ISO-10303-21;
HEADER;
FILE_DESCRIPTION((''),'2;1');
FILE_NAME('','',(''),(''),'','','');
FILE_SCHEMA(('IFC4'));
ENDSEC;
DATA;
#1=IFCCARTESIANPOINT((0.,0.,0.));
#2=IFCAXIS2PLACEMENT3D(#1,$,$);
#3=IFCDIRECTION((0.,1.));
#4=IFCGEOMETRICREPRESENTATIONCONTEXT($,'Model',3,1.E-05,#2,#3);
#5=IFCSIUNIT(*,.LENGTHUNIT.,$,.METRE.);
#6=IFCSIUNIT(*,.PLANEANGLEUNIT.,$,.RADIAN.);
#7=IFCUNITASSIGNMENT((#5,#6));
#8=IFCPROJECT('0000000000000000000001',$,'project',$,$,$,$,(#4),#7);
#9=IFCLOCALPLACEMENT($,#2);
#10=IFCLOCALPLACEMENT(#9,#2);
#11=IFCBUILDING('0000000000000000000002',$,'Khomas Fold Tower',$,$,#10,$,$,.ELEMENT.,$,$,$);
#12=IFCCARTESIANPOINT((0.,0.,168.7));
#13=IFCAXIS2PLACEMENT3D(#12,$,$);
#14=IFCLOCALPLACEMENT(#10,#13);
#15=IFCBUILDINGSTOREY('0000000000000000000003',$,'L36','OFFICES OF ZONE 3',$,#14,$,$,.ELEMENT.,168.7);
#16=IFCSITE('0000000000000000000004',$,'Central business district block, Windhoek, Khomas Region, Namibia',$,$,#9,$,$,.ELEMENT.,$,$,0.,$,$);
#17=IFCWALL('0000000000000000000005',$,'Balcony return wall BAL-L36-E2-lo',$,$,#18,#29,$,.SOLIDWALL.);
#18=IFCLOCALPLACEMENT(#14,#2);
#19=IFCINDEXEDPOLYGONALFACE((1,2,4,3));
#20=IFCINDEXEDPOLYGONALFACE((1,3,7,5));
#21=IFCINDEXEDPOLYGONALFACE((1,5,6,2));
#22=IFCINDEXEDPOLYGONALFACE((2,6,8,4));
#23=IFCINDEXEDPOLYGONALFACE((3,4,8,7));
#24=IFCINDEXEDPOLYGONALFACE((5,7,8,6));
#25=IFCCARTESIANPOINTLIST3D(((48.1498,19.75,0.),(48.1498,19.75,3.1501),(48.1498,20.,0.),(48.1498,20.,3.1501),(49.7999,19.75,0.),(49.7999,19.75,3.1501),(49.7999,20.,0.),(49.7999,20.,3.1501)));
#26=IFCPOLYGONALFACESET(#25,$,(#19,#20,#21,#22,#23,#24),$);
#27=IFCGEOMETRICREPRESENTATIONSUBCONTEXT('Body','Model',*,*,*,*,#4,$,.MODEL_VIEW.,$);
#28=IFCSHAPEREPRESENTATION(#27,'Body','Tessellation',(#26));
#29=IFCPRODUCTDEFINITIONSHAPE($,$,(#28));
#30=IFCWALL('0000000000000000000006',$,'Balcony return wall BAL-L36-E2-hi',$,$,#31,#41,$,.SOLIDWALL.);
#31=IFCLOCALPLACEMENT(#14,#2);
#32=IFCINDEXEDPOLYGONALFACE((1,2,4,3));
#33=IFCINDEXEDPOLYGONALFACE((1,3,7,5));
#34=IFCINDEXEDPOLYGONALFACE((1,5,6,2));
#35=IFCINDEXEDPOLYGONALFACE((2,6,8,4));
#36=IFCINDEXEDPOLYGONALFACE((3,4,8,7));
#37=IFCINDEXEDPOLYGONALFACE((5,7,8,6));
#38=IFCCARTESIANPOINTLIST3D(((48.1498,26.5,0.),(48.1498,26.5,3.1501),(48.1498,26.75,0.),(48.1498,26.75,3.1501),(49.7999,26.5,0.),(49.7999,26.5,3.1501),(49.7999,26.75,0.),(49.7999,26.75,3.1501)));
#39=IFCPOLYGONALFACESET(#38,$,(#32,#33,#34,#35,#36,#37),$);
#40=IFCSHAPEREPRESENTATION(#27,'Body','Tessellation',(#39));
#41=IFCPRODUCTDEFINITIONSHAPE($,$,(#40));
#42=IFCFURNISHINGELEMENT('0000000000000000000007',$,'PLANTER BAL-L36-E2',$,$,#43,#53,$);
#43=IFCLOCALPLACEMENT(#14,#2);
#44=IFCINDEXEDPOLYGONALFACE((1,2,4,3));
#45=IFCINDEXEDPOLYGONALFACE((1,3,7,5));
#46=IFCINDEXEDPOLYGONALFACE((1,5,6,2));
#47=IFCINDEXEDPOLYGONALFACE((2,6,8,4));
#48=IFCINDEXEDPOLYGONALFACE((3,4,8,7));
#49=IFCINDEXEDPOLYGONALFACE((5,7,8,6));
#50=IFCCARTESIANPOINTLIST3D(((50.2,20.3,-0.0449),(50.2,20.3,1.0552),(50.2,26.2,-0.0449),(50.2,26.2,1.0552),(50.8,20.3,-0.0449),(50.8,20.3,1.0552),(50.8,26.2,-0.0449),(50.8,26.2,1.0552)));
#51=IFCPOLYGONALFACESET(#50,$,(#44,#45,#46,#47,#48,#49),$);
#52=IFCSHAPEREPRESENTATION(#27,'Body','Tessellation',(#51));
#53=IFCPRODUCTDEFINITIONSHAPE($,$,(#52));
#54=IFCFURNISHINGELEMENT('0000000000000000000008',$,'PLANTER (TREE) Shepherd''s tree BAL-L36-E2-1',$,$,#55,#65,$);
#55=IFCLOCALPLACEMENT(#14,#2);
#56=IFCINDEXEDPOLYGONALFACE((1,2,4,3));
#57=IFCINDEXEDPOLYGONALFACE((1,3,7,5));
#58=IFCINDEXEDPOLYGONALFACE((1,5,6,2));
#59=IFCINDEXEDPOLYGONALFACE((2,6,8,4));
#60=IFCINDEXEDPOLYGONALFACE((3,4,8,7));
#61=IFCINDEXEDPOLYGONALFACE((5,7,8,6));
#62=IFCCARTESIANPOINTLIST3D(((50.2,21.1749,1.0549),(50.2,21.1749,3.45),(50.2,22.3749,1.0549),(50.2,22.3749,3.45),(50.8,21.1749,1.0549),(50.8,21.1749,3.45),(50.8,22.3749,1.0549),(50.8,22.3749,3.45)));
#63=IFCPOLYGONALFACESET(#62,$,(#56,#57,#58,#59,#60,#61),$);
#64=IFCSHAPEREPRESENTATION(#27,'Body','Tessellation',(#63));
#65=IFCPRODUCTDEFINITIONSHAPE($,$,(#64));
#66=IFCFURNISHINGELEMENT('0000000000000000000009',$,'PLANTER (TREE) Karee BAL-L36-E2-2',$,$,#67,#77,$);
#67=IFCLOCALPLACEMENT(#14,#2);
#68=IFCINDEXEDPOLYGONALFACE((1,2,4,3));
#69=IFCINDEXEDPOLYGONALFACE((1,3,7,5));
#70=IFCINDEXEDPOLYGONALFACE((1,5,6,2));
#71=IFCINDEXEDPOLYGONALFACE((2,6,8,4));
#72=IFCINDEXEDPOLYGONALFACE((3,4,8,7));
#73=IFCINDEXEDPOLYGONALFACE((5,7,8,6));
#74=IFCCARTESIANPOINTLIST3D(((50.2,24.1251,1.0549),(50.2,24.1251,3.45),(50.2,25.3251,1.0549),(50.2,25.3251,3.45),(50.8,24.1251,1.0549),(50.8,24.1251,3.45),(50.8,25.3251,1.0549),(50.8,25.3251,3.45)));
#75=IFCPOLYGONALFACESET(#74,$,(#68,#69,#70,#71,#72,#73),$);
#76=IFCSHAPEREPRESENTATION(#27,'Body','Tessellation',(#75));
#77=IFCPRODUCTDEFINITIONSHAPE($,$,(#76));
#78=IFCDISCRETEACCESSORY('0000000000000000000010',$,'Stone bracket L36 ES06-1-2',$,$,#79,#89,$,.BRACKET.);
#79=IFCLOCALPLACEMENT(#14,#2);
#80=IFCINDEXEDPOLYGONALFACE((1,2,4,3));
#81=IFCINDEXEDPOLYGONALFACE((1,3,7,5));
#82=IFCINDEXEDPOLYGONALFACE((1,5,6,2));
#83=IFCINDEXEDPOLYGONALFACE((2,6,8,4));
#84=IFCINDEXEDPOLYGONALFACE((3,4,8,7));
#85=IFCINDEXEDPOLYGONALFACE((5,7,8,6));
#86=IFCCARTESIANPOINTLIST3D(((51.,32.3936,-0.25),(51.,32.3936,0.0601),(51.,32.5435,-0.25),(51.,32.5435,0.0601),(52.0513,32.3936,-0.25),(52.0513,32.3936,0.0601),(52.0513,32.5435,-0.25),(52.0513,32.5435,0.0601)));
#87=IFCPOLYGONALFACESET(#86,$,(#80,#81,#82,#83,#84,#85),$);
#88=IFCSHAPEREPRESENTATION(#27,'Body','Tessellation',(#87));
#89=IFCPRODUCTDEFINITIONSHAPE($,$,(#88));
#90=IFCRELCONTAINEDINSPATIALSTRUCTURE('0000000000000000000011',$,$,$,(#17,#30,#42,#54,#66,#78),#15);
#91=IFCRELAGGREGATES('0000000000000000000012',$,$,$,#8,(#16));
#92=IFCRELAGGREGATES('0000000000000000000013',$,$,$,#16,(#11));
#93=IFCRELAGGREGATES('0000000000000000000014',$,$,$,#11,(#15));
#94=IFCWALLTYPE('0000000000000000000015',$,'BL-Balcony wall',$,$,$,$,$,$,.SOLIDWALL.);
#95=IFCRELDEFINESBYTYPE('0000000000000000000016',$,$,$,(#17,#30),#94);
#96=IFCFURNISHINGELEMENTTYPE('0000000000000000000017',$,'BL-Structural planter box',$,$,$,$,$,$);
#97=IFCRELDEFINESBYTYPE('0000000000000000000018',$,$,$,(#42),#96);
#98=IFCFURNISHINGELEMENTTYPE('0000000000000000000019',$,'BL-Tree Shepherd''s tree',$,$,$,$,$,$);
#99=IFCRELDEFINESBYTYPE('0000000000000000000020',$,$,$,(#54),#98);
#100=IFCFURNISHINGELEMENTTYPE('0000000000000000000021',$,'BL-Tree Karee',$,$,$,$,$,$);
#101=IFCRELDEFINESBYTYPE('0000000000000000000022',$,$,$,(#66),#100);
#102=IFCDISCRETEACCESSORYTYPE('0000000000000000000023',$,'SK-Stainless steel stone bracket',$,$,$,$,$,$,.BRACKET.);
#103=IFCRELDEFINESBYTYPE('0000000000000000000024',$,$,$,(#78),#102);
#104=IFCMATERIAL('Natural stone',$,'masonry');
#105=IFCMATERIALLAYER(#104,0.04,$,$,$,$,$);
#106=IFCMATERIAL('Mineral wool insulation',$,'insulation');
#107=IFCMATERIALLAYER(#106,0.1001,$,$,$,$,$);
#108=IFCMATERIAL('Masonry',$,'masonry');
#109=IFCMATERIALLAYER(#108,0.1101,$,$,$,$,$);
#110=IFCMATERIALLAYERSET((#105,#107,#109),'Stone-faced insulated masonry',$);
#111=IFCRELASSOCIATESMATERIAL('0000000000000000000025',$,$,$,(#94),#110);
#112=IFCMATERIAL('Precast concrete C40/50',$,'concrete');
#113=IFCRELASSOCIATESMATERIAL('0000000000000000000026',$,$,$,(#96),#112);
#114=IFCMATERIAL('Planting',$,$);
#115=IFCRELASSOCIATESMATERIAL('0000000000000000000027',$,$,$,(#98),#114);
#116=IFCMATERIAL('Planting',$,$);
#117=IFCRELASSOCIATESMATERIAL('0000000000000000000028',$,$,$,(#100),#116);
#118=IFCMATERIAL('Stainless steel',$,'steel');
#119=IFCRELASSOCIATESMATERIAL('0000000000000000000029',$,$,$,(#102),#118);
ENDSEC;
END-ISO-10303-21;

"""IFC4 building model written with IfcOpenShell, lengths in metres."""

from ifc_helpers import new_model, si_unit, direction, frame, frame_2d, origin, origin_2d, place, context, subcontext, project, spatial, rectangle, extrude, source, transform, mapped, material, layer, layer_set, type_object, element, save


model = new_model("IFC4")

# Units and contexts
model_context = context("Model", 3, precision=1e-05, world=origin(), true_north=direction((0.0, 1.0)))
body_context = subcontext(model_context, "Body", "Model", "MODEL_VIEW")
ifc_project = project(units=[si_unit("LENGTHUNIT", "METRE"), si_unit("PLANEANGLEUNIT", "RADIAN")], contexts=[model_context])

# Site, building, storey
site_placement = place(None, origin())
site = spatial("IfcSite", under=ifc_project, at=site_placement, Name="Central business district block, Windhoek, Khomas Region, Namibia", CompositionType="ELEMENT", RefElevation=0.0)
building_placement = place(site_placement, origin())
building = spatial("IfcBuilding", under=site, at=building_placement, Name="Khomas Fold Tower", CompositionType="ELEMENT")
storey_placement = place(building_placement, frame((0.0, 0.0, 168.7)))
storey = spatial("IfcBuildingStorey", under=building, at=storey_placement, Name="L36", Description="OFFICES OF ZONE 3", CompositionType="ELEMENT", Elevation=168.7)

# Walls
ifc_material_1 = material(Name="Natural stone", Category="masonry")
ifc_layer_1 = layer(ifc_material_1, 0.04)
ifc_material_2 = material(Name="Mineral wool insulation", Category="insulation")
ifc_layer_2 = layer(ifc_material_2, 0.1001)
ifc_material_3 = material(Name="Masonry", Category="masonry")
ifc_layer_3 = layer(ifc_material_3, 0.1101)
ifc_layer_set_1 = layer_set([ifc_layer_1, ifc_layer_2, ifc_layer_3], Name="Stone-faced insulated masonry")
wall_type = type_object("IfcWallType", Name="BL-Balcony wall", PredefinedType="SOLIDWALL", material=ifc_layer_set_1)
shared_shape_1 = source(origin(), body_context, "Body", "SweptSolid", [
    extrude(rectangle(XDim=1.6501, YDim=0.25, at=frame_2d((0.8252, 0.0))), origin(), (0.0, 0.0, 1.0), 3.1501),
])
for number, where, z_axis, x_axis, name in (
    (1, (49.8, 19.875, 0.0), (0.0, 0.0, 1.0), (-1.0, 0.0, 0.0), "Balcony return wall BAL-L36-E2-lo"),
    (2, (49.8, 26.625, 0.0), (0.0, 0.0, 1.0), (-1.0, 0.0, 0.0), "Balcony return wall BAL-L36-E2-hi"),
):
    element("IfcWall", number, at=place(storey_placement, frame(where, z_axis=z_axis, x_axis=x_axis)), inside=storey, type_object=wall_type, Name=name, PredefinedType="SOLIDWALL", context=body_context, shape_type="MappedRepresentation", body=[
        mapped(shared_shape_1, transform((0.0, 0.0, 0.0))),
    ])

# Furnishing elements
ifc_material_4 = material(Name="Precast concrete C40/50", Category="concrete")
furnishing_element_type_1 = type_object("IfcFurnishingElementType", Name="BL-Structural planter box", material=ifc_material_4)
shared_shape_2 = source(origin(), body_context, "Body", "SweptSolid", [
    extrude(rectangle(XDim=5.8999, YDim=0.6001, at=origin_2d()), origin(), (0.0, 0.0, 1.0), 1.1001),
])
furnishing_1_placement = place(storey_placement, frame((50.5, 23.25, -0.0449), z_axis=(0.0, 0.0, 1.0), x_axis=(0.0, 1.0, 0.0)))
element("IfcFurnishingElement", 3, at=furnishing_1_placement, inside=storey, type_object=furnishing_element_type_1, Name="PLANTER BAL-L36-E2", context=body_context, shape_type="MappedRepresentation", body=[
    mapped(shared_shape_2, transform((0.0, 0.0, 0.0))),
])
ifc_material_5 = material(Name="Planting")
furnishing_element_type_2 = type_object("IfcFurnishingElementType", Name="BL-Tree Shepherd's tree", material=ifc_material_5)
shared_shape_3 = source(origin(), body_context, "Body", "SweptSolid", [
    extrude(rectangle(XDim=1.2, YDim=0.6001, at=origin_2d()), origin(), (0.0, 0.0, 1.0), 2.395),
])
furnishing_2_placement = place(storey_placement, frame((50.5, 21.7749, 1.0549), z_axis=(0.0, 0.0, 1.0), x_axis=(0.0, 1.0, 0.0)))
element("IfcFurnishingElement", 4, at=furnishing_2_placement, inside=storey, type_object=furnishing_element_type_2, Name="PLANTER (TREE) Shepherd's tree BAL-L36-E2-1", context=body_context, shape_type="MappedRepresentation", body=[
    mapped(shared_shape_3, transform((0.0, 0.0, 0.0))),
])
ifc_material_6 = material(Name="Planting")
furnishing_element_type_3 = type_object("IfcFurnishingElementType", Name="BL-Tree Karee", material=ifc_material_6)
furnishing_3_placement = place(storey_placement, frame((50.5, 24.7251, 1.0549), z_axis=(0.0, 0.0, 1.0), x_axis=(0.0, 1.0, 0.0)))
element("IfcFurnishingElement", 5, at=furnishing_3_placement, inside=storey, type_object=furnishing_element_type_3, Name="PLANTER (TREE) Karee BAL-L36-E2-2", context=body_context, shape_type="MappedRepresentation", body=[
    mapped(shared_shape_3, transform((0.0, 0.0, 0.0))),
])

# Discrete accessory
ifc_material_7 = material(Name="Stainless steel", Category="steel")
discrete_accessory_type = type_object("IfcDiscreteAccessoryType", Name="SK-Stainless steel stone bracket", PredefinedType="BRACKET", material=ifc_material_7)
shared_shape_4 = source(origin(), body_context, "Body", "SweptSolid", [
    extrude(rectangle(XDim=1.0513, YDim=0.1499, at=origin_2d()), origin(), (0.0, 0.0, 1.0), 0.3101),
])
discrete_accessory_placement = place(storey_placement, frame((51.5256, 32.4685, -0.25), z_axis=(0.0, 0.0, 1.0), x_axis=(1.0, 0.0, 0.0)))
element("IfcDiscreteAccessory", 6, at=discrete_accessory_placement, inside=storey, type_object=discrete_accessory_type, Name="Stone bracket L36 ES06-1-2", PredefinedType="BRACKET", context=body_context, shape_type="MappedRepresentation", body=[
    mapped(shared_shape_4, transform((0.0, 0.0, 0.0))),
])

save(model, "model.ifc")
